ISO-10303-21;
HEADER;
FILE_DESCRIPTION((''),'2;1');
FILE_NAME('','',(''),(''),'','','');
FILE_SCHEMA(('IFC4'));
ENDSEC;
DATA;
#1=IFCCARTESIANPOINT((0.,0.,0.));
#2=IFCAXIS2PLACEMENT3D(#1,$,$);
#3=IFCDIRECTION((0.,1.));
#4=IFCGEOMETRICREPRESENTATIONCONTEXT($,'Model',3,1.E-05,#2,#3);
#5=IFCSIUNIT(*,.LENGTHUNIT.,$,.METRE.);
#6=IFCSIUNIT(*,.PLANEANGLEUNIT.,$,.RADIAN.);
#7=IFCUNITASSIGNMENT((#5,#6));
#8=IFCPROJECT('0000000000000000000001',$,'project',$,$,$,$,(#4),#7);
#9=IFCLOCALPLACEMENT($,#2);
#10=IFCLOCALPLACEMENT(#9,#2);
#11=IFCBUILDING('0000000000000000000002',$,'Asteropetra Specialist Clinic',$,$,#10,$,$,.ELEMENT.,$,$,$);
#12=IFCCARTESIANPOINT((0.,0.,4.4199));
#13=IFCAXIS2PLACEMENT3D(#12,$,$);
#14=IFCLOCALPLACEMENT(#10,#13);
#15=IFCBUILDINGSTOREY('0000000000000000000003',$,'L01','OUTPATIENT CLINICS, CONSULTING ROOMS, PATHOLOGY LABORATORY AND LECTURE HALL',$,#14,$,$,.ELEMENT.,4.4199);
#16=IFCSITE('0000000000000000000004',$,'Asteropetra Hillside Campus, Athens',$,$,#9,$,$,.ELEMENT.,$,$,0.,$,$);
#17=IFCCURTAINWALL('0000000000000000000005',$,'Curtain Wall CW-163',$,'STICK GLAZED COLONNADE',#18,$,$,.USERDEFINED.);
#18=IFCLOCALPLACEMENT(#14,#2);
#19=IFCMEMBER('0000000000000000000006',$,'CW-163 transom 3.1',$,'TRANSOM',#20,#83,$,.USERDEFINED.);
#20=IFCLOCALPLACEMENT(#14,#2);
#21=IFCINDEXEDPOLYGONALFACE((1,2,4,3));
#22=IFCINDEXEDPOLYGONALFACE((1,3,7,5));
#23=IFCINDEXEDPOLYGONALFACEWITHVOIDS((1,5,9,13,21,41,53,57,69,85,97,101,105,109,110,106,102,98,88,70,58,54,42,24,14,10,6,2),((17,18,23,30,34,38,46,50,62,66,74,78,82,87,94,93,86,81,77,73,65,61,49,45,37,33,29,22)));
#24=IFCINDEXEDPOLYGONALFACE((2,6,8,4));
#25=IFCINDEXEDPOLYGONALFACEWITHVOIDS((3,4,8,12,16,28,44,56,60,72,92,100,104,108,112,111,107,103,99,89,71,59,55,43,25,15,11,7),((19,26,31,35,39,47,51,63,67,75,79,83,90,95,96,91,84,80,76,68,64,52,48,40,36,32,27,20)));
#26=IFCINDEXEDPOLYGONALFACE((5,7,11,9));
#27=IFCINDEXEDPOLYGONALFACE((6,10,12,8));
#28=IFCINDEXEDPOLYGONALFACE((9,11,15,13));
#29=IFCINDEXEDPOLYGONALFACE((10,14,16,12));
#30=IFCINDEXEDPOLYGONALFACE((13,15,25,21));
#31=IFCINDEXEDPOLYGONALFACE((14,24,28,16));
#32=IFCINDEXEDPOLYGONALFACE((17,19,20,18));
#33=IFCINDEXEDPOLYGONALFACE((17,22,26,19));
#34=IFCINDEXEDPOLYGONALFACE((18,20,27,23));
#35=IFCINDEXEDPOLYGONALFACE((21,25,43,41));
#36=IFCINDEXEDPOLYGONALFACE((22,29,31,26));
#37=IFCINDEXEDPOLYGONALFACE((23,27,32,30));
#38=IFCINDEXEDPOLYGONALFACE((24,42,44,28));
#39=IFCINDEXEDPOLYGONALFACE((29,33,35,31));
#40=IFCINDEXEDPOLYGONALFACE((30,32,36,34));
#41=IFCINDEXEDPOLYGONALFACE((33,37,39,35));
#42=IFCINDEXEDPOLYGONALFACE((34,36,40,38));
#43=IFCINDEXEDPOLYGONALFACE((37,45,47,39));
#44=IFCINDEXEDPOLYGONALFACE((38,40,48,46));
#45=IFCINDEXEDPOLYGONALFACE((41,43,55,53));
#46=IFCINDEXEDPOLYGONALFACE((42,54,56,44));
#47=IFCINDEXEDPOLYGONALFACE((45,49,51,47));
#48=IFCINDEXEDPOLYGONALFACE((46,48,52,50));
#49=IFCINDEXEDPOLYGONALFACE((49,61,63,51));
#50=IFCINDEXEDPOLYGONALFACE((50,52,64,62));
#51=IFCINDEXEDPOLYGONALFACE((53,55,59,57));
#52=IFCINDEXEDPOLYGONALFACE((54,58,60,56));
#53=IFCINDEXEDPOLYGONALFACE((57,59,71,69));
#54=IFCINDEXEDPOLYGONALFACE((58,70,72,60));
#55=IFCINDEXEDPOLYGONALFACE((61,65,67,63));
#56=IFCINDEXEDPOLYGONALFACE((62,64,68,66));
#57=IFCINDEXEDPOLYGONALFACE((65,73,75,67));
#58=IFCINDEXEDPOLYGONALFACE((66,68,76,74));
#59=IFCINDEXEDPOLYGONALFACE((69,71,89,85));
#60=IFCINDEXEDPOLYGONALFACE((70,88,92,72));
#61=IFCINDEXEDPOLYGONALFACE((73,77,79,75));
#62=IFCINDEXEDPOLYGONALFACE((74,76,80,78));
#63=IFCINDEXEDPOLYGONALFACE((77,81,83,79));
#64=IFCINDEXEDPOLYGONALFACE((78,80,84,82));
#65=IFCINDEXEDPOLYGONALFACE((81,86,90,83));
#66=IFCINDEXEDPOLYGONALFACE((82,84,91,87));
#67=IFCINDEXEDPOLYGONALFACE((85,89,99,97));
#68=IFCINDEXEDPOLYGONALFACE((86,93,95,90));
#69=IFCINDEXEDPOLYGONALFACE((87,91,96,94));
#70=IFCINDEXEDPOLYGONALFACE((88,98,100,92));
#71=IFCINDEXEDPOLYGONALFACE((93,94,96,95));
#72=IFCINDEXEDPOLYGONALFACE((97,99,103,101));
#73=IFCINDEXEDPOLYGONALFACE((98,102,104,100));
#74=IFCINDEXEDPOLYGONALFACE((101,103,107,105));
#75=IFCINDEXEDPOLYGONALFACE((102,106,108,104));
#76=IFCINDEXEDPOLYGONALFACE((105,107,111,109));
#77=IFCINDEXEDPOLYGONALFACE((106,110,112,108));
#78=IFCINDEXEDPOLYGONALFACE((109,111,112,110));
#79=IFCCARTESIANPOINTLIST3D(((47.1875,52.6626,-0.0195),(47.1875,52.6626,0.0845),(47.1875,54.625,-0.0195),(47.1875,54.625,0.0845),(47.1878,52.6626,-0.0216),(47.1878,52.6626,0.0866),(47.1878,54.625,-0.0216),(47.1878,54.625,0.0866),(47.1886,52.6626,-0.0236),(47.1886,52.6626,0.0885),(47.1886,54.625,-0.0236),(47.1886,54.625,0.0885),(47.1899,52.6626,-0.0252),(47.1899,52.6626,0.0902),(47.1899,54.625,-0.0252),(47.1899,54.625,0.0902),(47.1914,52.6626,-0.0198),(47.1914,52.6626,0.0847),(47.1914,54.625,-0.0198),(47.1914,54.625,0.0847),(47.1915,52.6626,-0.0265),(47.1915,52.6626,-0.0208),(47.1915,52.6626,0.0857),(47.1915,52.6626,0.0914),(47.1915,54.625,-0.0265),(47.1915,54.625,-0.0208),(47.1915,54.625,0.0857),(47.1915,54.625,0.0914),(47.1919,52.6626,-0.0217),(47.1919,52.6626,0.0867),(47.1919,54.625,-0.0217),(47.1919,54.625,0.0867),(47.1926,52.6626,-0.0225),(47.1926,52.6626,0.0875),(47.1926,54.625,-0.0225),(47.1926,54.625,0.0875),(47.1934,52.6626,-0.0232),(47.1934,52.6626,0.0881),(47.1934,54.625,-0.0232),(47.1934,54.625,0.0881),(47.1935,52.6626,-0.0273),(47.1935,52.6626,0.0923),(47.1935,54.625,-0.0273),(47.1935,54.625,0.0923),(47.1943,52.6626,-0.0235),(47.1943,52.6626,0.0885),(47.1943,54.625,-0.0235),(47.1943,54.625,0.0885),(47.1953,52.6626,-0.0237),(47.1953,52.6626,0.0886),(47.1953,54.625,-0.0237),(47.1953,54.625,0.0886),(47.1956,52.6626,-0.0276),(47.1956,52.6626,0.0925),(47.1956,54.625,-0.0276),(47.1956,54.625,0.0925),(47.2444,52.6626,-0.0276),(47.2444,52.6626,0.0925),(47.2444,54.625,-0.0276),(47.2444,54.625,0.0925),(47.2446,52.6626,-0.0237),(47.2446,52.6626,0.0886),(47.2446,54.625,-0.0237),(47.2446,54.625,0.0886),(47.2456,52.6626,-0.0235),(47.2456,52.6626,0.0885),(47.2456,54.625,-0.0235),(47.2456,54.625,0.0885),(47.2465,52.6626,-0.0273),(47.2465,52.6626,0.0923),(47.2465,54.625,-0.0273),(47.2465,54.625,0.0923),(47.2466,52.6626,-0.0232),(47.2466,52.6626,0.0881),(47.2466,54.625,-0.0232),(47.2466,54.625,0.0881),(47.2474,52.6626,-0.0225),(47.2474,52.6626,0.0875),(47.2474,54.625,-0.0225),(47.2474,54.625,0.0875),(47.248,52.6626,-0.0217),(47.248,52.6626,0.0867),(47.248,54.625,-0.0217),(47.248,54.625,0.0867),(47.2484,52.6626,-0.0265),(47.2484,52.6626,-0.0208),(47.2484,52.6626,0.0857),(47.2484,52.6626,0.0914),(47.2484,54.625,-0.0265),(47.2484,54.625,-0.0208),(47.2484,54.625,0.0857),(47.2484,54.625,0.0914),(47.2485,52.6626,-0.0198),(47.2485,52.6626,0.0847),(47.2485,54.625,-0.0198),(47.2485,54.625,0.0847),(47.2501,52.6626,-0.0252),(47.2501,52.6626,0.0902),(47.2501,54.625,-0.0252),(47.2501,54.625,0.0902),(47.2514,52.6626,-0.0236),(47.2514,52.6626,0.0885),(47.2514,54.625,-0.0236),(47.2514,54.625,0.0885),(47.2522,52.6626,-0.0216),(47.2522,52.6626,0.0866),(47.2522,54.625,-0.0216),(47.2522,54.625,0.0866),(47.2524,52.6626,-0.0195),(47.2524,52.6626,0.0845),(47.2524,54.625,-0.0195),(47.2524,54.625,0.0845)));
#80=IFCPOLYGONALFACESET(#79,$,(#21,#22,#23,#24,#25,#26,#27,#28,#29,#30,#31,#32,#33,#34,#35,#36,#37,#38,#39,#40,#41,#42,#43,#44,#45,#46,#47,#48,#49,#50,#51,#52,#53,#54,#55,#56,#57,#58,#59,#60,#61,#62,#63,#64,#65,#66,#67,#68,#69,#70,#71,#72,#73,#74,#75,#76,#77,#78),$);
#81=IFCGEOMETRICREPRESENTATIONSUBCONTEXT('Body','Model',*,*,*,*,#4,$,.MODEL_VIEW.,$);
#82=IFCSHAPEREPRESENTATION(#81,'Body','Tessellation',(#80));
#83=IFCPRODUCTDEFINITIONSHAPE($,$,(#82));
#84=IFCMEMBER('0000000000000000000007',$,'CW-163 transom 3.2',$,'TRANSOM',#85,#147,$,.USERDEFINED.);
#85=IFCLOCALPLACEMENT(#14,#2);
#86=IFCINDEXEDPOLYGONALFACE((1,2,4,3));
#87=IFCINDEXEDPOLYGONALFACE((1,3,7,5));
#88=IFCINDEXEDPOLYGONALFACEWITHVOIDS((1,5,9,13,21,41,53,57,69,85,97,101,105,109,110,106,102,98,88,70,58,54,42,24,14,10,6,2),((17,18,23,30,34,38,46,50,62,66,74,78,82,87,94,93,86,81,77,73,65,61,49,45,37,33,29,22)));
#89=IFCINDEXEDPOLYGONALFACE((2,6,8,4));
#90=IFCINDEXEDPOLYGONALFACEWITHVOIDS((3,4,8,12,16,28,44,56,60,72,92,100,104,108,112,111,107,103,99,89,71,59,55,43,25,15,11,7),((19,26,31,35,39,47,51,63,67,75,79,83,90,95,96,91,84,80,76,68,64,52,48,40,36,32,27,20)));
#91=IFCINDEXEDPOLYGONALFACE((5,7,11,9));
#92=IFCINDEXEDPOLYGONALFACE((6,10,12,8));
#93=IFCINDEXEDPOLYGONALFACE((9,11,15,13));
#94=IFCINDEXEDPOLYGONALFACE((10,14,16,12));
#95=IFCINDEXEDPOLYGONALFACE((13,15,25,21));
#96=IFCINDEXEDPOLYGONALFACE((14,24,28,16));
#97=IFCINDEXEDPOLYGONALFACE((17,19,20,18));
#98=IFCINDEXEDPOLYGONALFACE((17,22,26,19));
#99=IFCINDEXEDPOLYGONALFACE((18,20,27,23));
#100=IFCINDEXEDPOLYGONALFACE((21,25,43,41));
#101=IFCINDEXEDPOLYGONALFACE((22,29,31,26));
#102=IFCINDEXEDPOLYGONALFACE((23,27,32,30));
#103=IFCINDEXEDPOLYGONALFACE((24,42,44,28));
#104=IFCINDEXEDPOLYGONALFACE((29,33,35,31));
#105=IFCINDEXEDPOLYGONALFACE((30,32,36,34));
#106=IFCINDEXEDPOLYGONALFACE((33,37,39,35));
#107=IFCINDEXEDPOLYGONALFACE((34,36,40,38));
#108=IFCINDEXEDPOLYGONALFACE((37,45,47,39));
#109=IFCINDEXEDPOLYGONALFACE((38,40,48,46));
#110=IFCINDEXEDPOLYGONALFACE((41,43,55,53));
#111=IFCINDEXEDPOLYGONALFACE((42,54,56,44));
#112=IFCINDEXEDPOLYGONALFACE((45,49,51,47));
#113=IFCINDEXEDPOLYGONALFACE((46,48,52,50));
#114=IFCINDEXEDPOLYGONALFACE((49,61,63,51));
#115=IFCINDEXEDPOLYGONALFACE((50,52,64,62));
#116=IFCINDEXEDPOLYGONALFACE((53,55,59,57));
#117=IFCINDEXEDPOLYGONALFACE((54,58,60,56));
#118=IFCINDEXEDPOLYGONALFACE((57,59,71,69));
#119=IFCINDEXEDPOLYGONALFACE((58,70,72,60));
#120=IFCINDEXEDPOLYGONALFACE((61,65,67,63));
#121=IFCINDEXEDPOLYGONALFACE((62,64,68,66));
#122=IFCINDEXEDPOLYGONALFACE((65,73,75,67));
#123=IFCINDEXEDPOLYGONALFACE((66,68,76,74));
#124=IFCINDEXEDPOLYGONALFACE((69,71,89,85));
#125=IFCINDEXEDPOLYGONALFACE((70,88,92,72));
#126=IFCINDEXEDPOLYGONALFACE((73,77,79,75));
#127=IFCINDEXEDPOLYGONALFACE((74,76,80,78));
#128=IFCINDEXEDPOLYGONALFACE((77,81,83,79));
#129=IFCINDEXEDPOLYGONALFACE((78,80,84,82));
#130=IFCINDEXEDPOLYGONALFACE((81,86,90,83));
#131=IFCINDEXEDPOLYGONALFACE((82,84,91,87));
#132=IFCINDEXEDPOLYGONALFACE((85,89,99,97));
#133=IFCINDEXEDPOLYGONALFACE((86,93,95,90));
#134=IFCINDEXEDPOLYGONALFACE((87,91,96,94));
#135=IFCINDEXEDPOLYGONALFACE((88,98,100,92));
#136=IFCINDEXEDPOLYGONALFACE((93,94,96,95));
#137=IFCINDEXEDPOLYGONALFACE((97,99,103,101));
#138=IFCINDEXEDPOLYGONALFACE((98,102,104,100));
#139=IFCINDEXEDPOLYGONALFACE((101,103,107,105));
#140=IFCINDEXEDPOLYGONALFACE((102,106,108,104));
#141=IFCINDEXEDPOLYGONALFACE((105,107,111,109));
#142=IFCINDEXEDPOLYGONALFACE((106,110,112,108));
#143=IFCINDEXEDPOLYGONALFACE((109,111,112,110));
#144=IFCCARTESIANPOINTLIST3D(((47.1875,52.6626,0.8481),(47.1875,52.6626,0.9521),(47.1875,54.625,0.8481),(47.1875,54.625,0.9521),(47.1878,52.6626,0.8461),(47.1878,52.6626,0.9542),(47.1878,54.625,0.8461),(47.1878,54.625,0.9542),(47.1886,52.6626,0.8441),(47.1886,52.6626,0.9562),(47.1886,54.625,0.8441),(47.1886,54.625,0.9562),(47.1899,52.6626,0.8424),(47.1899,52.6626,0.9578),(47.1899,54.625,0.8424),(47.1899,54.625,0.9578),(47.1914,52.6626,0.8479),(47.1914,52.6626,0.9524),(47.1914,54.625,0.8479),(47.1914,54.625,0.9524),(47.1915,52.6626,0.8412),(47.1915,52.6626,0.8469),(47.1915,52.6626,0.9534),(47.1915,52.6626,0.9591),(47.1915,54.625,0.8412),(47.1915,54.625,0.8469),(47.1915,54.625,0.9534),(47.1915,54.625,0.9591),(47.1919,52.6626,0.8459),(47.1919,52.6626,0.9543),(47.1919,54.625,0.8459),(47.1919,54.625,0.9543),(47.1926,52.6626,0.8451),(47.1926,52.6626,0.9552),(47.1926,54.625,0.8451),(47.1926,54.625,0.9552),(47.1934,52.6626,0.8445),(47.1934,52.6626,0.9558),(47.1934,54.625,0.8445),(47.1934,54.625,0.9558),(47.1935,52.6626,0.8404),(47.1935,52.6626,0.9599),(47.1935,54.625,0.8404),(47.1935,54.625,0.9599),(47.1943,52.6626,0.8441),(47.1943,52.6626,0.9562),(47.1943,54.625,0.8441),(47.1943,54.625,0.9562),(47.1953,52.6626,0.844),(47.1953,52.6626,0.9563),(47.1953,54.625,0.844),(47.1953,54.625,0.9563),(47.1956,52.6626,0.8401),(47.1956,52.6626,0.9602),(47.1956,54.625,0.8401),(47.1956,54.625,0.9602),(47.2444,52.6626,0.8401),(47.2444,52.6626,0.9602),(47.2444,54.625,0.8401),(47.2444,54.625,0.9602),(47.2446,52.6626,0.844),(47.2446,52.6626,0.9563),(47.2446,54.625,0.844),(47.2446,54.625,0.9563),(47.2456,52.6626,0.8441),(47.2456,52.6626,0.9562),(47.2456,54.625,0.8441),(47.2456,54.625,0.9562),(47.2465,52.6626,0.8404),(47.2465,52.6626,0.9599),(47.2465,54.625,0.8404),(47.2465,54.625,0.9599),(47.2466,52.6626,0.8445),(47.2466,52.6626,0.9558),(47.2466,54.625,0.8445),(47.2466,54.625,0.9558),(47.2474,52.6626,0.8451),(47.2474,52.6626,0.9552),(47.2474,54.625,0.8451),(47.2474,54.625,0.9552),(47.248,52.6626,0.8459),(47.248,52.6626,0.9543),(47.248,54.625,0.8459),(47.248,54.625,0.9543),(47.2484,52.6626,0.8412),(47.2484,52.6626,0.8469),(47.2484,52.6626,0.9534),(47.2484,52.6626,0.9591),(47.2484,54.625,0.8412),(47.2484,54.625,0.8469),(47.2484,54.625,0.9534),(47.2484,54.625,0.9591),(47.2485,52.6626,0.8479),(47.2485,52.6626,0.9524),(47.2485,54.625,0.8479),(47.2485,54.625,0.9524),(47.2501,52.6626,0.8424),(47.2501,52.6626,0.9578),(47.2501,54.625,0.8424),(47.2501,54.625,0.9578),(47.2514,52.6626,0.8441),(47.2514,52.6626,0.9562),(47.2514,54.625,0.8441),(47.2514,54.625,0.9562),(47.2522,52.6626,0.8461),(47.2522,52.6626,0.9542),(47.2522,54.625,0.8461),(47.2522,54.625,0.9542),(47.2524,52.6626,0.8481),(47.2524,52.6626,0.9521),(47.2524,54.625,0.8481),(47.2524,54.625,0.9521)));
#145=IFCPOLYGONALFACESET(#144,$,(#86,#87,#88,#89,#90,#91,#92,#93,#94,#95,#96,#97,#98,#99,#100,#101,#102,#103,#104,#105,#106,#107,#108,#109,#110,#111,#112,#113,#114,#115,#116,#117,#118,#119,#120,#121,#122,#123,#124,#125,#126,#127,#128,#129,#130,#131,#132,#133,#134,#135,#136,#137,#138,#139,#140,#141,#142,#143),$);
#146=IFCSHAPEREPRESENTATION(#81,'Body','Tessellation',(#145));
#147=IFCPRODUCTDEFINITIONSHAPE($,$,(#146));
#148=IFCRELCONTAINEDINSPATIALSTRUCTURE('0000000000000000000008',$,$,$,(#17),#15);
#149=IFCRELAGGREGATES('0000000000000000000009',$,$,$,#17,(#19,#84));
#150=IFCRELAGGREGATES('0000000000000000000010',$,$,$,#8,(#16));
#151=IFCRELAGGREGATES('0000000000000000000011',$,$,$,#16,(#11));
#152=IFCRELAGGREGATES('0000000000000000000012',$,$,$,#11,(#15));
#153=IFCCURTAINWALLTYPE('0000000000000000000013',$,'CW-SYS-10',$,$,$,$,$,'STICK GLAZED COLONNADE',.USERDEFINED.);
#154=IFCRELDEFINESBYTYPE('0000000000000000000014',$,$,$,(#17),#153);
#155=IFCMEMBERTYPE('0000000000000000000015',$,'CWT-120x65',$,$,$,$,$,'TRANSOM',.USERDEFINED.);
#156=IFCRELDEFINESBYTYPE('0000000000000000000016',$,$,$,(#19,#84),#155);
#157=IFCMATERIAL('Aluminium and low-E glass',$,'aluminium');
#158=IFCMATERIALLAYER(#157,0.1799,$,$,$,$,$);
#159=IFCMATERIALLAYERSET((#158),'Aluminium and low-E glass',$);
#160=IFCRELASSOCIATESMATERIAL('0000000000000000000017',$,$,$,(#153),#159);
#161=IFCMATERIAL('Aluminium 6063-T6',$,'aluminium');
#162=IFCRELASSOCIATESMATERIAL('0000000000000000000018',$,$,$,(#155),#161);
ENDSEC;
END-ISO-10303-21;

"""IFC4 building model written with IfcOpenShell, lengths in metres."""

from ifc_helpers import new_model, si_unit, direction, frame, origin, origin_2d, place, context, subcontext, project, spatial, hollow_rectangle, extrude, material, layer, layer_set, material_profile, profile_set, type_object, element, aggregate, save


model = new_model("IFC4")

# Units and contexts
model_context = context("Model", 3, precision=1e-05, world=origin(), true_north=direction((0.0, 1.0)))
body_context = subcontext(model_context, "Body", "Model", "MODEL_VIEW")
ifc_project = project(units=[si_unit("LENGTHUNIT", "METRE"), si_unit("PLANEANGLEUNIT", "RADIAN")], contexts=[model_context])

# Site, building, storey
site_placement = place(None, origin())
site = spatial("IfcSite", under=ifc_project, at=site_placement, Name="Asteropetra Hillside Campus, Athens", CompositionType="ELEMENT", RefElevation=0.0)
building_placement = place(site_placement, origin())
building = spatial("IfcBuilding", under=site, at=building_placement, Name="Asteropetra Specialist Clinic", CompositionType="ELEMENT")
storey_placement = place(building_placement, frame((0.0, 0.0, 4.4199)))
storey = spatial("IfcBuildingStorey", under=building, at=storey_placement, Name="L01", Description="OUTPATIENT CLINICS, CONSULTING ROOMS, PATHOLOGY LABORATORY AND LECTURE HALL", CompositionType="ELEMENT", Elevation=4.4199)

# Curtain wall
ifc_material_1 = material(Name="Aluminium and low-E glass", Category="aluminium")
ifc_layer_1 = layer(ifc_material_1, 0.1799)
ifc_layer_set_1 = layer_set([ifc_layer_1], Name="Aluminium and low-E glass")
curtain_wall_type_1 = type_object("IfcCurtainWallType", Name="CW-SYS-10", ElementType="STICK GLAZED COLONNADE", PredefinedType="USERDEFINED", material=ifc_layer_set_1)
curtain_wall_1_placement = place(storey_placement, origin())
curtain_wall_1 = element("IfcCurtainWall", 1, at=curtain_wall_1_placement, inside=storey, type_object=curtain_wall_type_1, Name="Curtain Wall CW-163", ObjectType="STICK GLAZED COLONNADE", PredefinedType="USERDEFINED")

# Members
ifc_material_2 = material(Name="Aluminium 6063-T6", Category="aluminium")
ifc_material_profile_1 = material_profile(ifc_material_2, hollow_rectangle(XDim=0.0649, YDim=0.1201, WallThickness=0.0039, InnerFilletRadius=0.0039, OuterFilletRadius=0.0081, at=origin_2d()), Name="TRN 120x65x4.0")
ifc_profile_set_1 = profile_set([ifc_material_profile_1], Name="Aluminium 6063-T6")
member_type_1 = type_object("IfcMemberType", Name="CWT-120x65", ElementType="TRANSOM", PredefinedType="USERDEFINED", material=ifc_profile_set_1)
member_1_placement = place(storey_placement, frame((47.22, 52.6626, 0.0325), z_axis=(0.0, 1.0, 0.0), x_axis=(-1.0, 0.0, 0.0)))
member_1 = element("IfcMember", 2, at=member_1_placement, type_object=member_type_1, Name="CW-163 transom 3.1", ObjectType="TRANSOM", PredefinedType="USERDEFINED", context=body_context, shape_type="SweptSolid", body=[
    extrude(hollow_rectangle(XDim=0.0649, YDim=0.1201, WallThickness=0.0039, InnerFilletRadius=0.0039, OuterFilletRadius=0.0081, at=origin_2d()), origin(), (0.0, 0.0, 1.0), 1.9624),
])
member_2_placement = place(storey_placement, frame((47.22, 52.6626, 0.9001), z_axis=(0.0, 1.0, 0.0), x_axis=(-1.0, 0.0, 0.0)))
member_2 = element("IfcMember", 3, at=member_2_placement, type_object=member_type_1, Name="CW-163 transom 3.2", ObjectType="TRANSOM", PredefinedType="USERDEFINED", context=body_context, shape_type="SweptSolid", body=[
    extrude(hollow_rectangle(XDim=0.0649, YDim=0.1201, WallThickness=0.0039, InnerFilletRadius=0.0039, OuterFilletRadius=0.0081, at=origin_2d()), origin(), (0.0, 0.0, 1.0), 1.9624),
])

aggregate(curtain_wall_1, [member_1, member_2])

save(model, "model.ifc")
